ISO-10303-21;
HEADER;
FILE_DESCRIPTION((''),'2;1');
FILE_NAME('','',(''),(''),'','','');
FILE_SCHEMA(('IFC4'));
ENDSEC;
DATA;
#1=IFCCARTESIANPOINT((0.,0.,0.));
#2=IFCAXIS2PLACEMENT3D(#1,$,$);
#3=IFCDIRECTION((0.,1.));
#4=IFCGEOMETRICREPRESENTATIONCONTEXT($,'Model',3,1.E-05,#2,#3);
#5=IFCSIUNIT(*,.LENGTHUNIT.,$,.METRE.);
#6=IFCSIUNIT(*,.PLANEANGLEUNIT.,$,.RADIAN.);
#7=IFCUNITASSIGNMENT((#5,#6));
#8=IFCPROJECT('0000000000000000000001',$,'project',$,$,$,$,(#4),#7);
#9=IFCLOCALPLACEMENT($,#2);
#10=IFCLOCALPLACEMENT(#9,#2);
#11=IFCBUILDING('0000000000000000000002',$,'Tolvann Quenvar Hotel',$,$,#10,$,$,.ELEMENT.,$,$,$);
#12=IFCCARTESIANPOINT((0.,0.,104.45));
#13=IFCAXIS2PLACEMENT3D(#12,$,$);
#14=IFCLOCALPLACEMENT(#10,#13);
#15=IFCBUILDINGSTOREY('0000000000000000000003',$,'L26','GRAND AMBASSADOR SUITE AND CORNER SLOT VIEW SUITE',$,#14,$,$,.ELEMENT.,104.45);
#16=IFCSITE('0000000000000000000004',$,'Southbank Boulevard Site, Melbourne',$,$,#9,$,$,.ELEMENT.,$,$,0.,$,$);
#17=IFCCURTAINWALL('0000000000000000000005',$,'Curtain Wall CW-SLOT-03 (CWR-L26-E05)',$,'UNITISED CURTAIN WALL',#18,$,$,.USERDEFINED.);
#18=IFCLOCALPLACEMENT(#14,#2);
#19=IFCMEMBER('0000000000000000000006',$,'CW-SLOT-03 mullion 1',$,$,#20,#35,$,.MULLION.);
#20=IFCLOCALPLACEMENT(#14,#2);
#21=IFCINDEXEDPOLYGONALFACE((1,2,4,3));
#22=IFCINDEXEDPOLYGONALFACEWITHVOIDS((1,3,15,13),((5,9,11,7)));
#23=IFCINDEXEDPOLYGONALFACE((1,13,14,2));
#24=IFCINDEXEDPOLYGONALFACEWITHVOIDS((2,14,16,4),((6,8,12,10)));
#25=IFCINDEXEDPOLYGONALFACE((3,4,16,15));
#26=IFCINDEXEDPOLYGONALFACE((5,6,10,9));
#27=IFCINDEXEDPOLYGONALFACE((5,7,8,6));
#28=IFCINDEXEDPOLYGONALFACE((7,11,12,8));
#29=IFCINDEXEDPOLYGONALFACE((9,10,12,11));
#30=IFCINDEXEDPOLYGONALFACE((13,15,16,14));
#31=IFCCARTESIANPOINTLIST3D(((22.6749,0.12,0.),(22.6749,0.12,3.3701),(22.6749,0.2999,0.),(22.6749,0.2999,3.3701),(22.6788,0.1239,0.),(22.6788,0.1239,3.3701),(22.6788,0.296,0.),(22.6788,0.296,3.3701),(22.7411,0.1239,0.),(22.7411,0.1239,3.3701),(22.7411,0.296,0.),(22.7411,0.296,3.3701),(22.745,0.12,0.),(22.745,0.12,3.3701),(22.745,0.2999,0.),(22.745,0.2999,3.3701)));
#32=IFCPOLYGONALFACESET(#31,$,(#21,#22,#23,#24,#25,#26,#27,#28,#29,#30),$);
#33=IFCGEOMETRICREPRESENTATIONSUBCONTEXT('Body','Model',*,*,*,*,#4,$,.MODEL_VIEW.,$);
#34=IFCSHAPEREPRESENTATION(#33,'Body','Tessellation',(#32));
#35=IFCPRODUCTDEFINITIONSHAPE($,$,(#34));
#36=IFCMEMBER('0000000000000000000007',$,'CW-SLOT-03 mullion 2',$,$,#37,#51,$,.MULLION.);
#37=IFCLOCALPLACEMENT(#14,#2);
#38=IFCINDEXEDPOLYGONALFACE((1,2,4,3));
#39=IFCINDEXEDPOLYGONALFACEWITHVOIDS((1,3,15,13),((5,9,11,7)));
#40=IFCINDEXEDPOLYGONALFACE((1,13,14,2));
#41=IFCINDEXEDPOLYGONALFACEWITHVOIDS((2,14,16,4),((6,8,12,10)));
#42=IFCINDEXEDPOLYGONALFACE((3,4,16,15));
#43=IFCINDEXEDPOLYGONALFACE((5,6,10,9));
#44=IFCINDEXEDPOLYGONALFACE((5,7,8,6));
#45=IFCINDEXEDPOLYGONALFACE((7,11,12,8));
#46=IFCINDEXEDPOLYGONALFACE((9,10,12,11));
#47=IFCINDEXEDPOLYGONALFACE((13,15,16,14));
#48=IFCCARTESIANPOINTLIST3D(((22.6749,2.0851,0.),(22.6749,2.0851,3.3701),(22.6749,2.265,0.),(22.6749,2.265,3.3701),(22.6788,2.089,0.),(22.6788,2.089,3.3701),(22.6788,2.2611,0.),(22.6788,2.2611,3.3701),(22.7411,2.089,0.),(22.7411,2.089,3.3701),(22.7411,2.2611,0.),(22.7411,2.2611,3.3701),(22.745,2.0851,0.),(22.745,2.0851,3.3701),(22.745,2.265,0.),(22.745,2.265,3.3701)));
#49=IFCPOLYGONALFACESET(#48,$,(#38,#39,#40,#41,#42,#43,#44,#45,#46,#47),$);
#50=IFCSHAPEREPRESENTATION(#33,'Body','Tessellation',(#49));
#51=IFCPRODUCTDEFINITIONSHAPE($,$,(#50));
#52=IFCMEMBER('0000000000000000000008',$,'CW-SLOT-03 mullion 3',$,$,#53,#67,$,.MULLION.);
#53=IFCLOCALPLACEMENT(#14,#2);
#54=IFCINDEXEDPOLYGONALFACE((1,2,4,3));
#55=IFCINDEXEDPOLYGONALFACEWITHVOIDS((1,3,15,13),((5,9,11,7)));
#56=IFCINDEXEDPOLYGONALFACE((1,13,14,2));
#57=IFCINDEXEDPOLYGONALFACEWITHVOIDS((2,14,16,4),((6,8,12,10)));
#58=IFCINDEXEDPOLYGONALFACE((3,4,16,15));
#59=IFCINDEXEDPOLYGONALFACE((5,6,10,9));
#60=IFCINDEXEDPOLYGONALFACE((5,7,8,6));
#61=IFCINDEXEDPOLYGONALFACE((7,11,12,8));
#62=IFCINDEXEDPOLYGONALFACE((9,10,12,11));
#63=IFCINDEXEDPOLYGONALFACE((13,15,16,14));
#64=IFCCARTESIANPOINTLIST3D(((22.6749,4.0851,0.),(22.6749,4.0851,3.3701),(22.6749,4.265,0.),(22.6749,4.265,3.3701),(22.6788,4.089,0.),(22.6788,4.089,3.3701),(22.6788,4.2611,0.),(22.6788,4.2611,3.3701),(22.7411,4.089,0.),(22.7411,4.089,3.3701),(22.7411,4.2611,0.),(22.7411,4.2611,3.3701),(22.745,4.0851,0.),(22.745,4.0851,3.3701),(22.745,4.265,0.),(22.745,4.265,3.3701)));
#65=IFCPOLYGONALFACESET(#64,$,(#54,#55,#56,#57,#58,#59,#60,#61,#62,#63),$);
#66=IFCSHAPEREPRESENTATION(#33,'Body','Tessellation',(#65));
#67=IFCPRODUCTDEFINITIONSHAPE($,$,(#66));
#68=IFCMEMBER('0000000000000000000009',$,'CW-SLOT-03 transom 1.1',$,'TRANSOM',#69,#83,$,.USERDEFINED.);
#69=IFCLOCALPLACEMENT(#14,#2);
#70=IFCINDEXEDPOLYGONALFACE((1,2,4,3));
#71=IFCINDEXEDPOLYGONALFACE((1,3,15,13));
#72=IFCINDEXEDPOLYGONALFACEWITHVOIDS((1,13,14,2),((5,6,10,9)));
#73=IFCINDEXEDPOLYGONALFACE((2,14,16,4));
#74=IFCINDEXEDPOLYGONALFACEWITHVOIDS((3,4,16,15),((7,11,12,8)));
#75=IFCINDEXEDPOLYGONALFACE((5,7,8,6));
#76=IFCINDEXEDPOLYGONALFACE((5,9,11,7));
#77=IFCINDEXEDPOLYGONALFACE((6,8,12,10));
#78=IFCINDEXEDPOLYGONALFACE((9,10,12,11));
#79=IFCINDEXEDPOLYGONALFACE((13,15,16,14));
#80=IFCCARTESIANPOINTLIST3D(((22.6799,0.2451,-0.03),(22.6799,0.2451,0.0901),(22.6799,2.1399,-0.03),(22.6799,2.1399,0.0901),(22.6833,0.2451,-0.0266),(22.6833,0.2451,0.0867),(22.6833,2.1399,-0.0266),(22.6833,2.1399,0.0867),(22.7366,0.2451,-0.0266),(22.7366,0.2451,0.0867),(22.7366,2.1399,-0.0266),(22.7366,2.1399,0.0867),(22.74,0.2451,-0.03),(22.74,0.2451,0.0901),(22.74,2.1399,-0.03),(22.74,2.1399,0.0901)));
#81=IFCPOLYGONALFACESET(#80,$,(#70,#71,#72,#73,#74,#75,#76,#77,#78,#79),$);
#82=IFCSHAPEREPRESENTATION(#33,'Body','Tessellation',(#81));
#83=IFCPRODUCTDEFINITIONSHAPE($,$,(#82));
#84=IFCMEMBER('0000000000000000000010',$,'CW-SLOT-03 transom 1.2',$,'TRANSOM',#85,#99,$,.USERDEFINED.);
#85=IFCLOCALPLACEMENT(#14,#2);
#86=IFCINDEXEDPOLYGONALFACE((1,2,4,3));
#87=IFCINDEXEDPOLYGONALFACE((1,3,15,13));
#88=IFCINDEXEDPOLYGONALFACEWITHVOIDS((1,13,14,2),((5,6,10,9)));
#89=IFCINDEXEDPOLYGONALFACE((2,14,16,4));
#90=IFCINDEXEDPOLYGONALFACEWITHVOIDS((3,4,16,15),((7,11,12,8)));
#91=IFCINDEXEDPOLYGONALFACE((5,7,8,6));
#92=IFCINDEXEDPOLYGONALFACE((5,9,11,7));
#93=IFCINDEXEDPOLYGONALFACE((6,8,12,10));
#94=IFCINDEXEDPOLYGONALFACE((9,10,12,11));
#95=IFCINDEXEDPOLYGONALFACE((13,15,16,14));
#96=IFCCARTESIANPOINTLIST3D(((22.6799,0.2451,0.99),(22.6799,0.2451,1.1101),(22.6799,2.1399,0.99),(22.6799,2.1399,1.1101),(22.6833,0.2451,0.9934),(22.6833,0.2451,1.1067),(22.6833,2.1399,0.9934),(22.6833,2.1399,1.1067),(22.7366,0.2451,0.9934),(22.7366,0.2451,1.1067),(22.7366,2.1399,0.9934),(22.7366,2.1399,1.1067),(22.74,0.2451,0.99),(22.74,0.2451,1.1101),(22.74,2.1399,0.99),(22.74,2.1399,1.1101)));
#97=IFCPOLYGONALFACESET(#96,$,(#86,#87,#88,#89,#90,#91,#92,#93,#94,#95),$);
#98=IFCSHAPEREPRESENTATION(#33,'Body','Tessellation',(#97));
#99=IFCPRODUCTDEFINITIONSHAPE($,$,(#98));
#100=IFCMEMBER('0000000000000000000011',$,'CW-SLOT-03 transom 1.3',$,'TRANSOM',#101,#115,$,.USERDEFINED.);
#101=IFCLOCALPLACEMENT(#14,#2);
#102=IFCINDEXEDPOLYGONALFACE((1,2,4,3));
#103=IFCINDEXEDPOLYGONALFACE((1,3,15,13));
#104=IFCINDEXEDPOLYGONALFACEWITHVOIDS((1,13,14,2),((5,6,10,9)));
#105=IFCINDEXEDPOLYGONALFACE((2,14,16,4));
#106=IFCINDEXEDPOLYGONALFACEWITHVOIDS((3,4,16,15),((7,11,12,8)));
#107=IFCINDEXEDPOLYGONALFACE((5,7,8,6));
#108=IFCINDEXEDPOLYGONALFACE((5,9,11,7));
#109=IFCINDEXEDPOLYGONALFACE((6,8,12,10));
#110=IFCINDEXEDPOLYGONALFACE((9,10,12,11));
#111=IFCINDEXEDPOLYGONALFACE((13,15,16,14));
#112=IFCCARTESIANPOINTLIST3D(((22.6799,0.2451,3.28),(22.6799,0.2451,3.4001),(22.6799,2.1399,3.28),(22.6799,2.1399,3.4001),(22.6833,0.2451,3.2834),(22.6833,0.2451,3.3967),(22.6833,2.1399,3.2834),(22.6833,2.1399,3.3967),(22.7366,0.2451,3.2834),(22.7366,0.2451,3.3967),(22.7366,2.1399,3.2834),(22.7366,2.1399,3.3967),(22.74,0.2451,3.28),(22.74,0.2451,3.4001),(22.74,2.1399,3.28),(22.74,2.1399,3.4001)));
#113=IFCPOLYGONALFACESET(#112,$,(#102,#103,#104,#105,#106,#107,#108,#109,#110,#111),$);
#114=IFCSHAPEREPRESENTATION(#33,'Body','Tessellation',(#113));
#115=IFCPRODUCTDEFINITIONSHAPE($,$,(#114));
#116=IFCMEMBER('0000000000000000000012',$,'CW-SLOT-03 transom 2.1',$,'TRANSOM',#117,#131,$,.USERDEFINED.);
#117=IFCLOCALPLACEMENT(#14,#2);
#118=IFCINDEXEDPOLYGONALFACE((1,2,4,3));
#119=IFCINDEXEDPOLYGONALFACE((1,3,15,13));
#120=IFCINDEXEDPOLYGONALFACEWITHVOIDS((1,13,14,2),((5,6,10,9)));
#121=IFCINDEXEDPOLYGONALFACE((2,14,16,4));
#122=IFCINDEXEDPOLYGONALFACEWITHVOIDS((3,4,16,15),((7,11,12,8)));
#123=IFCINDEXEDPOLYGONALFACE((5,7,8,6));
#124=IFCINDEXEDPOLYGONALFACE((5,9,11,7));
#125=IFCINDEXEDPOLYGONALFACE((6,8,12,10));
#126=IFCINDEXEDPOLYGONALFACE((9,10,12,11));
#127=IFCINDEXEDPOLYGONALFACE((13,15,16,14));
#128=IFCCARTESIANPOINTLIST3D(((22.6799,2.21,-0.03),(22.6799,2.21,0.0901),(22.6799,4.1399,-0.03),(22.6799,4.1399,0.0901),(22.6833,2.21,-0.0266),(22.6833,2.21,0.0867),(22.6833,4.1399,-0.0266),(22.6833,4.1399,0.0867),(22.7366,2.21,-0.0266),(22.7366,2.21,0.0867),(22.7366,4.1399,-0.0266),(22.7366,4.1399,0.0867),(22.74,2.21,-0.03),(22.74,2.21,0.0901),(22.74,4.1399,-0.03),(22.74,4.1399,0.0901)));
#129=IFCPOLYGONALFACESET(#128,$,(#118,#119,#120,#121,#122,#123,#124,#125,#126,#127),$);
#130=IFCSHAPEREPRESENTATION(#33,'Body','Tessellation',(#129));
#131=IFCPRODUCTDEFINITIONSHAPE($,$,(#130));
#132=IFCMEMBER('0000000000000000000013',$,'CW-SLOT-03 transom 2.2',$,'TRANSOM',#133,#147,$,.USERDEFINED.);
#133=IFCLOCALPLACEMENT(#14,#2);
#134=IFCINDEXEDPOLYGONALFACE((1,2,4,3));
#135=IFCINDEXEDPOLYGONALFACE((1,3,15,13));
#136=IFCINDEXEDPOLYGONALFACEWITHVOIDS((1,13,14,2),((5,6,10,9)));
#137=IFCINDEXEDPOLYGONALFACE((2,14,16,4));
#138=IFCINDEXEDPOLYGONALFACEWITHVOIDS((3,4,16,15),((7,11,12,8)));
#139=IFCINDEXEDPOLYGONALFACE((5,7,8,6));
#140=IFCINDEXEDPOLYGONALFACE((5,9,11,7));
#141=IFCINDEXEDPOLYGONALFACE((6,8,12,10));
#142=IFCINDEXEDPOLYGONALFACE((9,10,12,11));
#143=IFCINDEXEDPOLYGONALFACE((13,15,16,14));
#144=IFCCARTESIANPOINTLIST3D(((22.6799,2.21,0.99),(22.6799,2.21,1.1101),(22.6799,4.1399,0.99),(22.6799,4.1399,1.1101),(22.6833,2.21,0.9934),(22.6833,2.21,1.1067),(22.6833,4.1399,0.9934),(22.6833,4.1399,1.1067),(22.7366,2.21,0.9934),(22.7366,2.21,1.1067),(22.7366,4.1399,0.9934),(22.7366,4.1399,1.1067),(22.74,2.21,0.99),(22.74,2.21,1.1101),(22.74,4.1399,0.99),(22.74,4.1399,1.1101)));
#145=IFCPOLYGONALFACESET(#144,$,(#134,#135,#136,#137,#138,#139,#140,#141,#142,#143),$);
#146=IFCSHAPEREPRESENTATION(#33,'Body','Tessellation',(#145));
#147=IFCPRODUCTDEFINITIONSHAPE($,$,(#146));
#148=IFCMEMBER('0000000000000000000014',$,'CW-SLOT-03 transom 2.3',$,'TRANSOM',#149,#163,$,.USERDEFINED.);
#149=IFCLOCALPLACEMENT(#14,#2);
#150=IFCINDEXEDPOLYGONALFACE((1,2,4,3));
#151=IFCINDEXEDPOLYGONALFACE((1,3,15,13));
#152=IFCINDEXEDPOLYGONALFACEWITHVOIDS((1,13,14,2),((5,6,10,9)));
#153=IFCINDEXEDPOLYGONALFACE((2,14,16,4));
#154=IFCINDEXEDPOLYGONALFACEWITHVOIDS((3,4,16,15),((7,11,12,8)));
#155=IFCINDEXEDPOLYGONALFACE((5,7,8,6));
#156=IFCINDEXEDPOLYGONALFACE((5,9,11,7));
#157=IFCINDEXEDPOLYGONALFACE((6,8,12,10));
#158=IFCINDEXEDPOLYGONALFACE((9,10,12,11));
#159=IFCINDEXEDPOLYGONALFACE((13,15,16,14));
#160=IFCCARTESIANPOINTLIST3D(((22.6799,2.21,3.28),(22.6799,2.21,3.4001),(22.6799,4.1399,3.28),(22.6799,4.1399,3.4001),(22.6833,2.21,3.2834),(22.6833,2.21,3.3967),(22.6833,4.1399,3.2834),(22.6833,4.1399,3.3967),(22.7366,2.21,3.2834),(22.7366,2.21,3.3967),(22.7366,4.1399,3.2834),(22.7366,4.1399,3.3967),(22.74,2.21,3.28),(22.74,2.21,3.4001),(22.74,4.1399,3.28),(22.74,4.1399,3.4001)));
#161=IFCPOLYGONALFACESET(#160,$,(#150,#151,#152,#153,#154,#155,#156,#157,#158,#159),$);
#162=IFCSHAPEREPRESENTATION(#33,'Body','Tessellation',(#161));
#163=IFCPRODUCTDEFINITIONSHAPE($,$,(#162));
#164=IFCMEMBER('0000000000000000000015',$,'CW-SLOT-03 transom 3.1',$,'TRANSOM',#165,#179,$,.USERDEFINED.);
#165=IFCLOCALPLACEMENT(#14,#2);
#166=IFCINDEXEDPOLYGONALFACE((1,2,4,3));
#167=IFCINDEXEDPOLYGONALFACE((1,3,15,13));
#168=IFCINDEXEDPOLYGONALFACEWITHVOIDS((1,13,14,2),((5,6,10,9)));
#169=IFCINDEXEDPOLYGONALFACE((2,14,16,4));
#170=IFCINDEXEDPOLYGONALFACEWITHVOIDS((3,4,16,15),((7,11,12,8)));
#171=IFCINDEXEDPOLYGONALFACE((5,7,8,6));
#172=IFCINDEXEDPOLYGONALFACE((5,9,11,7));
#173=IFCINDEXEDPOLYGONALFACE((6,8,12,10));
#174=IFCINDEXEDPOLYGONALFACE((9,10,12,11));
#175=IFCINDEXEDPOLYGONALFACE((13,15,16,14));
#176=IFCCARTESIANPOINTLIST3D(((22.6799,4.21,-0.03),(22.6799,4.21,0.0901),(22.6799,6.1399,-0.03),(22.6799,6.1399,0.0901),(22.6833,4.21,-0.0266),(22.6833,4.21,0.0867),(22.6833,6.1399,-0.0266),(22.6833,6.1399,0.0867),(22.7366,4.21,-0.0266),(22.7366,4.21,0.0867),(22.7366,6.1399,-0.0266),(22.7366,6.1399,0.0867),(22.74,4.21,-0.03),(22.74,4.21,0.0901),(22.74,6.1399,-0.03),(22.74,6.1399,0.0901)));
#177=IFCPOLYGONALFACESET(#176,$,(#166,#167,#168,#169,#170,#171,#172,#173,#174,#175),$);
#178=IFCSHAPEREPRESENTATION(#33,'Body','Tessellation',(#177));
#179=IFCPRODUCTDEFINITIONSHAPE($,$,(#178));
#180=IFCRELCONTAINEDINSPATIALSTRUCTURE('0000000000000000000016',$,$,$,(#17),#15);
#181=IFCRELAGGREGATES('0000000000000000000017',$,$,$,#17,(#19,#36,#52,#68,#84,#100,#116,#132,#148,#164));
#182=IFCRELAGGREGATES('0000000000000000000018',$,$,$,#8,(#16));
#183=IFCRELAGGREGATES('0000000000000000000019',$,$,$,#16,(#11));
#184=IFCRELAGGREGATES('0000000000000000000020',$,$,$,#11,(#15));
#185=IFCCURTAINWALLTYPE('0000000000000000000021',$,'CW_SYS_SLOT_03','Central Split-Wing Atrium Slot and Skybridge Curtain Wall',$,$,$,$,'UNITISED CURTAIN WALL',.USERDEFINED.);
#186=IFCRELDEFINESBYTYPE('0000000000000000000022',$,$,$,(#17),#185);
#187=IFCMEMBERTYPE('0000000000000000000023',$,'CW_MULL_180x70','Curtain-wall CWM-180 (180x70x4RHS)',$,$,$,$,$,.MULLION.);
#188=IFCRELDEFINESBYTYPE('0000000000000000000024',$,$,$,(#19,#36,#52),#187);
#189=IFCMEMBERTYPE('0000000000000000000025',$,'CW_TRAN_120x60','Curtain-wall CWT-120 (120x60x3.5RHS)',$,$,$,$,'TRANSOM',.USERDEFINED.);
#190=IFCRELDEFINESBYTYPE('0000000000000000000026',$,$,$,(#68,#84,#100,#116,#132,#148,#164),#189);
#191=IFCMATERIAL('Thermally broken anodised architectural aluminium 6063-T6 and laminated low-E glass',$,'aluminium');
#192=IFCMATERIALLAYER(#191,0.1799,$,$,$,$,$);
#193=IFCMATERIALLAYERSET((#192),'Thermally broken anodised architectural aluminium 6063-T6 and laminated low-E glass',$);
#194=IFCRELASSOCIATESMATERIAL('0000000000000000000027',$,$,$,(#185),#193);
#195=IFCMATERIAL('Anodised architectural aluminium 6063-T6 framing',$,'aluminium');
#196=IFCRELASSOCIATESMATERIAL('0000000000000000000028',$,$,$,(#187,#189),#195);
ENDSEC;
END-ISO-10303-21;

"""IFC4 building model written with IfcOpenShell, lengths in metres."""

from ifc_helpers import new_model, si_unit, direction, frame, origin, origin_2d, place, context, subcontext, project, spatial, hollow_rectangle, extrude, source, transform, mapped, material, layer, layer_set, material_profile, profile_set, type_object, type_shapes, element, aggregate, save


model = new_model("IFC4")

# Units and contexts
model_context = context("Model", 3, precision=1e-05, world=origin(), true_north=direction((0.0, 1.0)))
body_context = subcontext(model_context, "Body", "Model", "MODEL_VIEW")
ifc_project = project(units=[si_unit("LENGTHUNIT", "METRE"), si_unit("PLANEANGLEUNIT", "RADIAN")], contexts=[model_context])

# Site, building, storey
site_placement = place(None, origin())
site = spatial("IfcSite", under=ifc_project, at=site_placement, Name="Southbank Boulevard Site, Melbourne", CompositionType="ELEMENT", RefElevation=0.0)
building_placement = place(site_placement, origin())
building = spatial("IfcBuilding", under=site, at=building_placement, Name="Tolvann Quenvar Hotel", CompositionType="ELEMENT")
storey_placement = place(building_placement, frame((0.0, 0.0, 104.45)))
storey = spatial("IfcBuildingStorey", under=building, at=storey_placement, Name="L26", Description="GRAND AMBASSADOR SUITE AND CORNER SLOT VIEW SUITE", CompositionType="ELEMENT", Elevation=104.45)

# Curtain wall, members
ifc_material_1 = material(Name="Thermally broken anodised architectural aluminium 6063-T6 and laminated low-E glass", Category="aluminium")
ifc_layer_1 = layer(ifc_material_1, 0.1799)
ifc_layer_set_1 = layer_set([ifc_layer_1], Name="Thermally broken anodised architectural aluminium 6063-T6 and laminated low-E glass")
curtain_wall_type = type_object("IfcCurtainWallType", Name="CW_SYS_SLOT_03", Description="Central Split-Wing Atrium Slot and Skybridge Curtain Wall", ElementType="UNITISED CURTAIN WALL", PredefinedType="USERDEFINED", material=ifc_layer_set_1)
curtain_wall_placement = place(storey_placement, origin())
curtain_wall = element("IfcCurtainWall", 1, at=curtain_wall_placement, inside=storey, type_object=curtain_wall_type, Name="Curtain Wall CW-SLOT-03 (CWR-L26-E05)", ObjectType="UNITISED CURTAIN WALL", PredefinedType="USERDEFINED")
ifc_material_2 = material(Name="Anodised architectural aluminium 6063-T6 framing", Category="aluminium")
ifc_material_profile_1 = material_profile(ifc_material_2, hollow_rectangle(XDim=0.0701, YDim=0.1799, WallThickness=0.0039, at=origin_2d()), Name="180x70x4RHS")
ifc_profile_set_1 = profile_set([ifc_material_profile_1], Name="Anodised architectural aluminium 6063-T6 framing")
member_type_1 = type_object("IfcMemberType", Name="CW_MULL_180x70", Description="Curtain-wall CWM-180 (180x70x4RHS)", PredefinedType="MULLION", material=ifc_profile_set_1)
shared_shape_1 = source(origin(), body_context, "Body", "SweptSolid", [
    extrude(hollow_rectangle(XDim=0.0701, YDim=0.1799, WallThickness=0.0039, at=origin_2d()), origin(), (0.0, 0.0, 1.0), 3.3701),
])
type_shapes(member_type_1, [shared_shape_1])
member_1_placement = place(storey_placement, frame((22.71, 0.21, 0.0), z_axis=(0.0, 0.0, 1.0), x_axis=(-1.0, 0.0, 0.0)))
member_1 = element("IfcMember", 2, at=member_1_placement, type_object=member_type_1, Name="CW-SLOT-03 mullion 1", PredefinedType="MULLION", context=body_context, shape_type="MappedRepresentation", body=[
    mapped(shared_shape_1, transform((0.0, 0.0, 0.0), x_axis=(1.0, 0.0, 0.0), y_axis=(0.0, 1.0, 0.0), z_axis=(0.0, 0.0, 1.0), scale=1.0)),
])
member_2_placement = place(storey_placement, frame((22.71, 2.175, 0.0), z_axis=(0.0, 0.0, 1.0), x_axis=(-1.0, 0.0, 0.0)))
member_2 = element("IfcMember", 3, at=member_2_placement, type_object=member_type_1, Name="CW-SLOT-03 mullion 2", PredefinedType="MULLION", context=body_context, shape_type="MappedRepresentation", body=[
    mapped(shared_shape_1, transform((0.0, 0.0, 0.0), x_axis=(1.0, 0.0, 0.0), y_axis=(0.0, 1.0, 0.0), z_axis=(0.0, 0.0, 1.0), scale=1.0)),
])
member_3_placement = place(storey_placement, frame((22.71, 4.175, 0.0), z_axis=(0.0, 0.0, 1.0), x_axis=(-1.0, 0.0, 0.0)))
member_3 = element("IfcMember", 4, at=member_3_placement, type_object=member_type_1, Name="CW-SLOT-03 mullion 3", PredefinedType="MULLION", context=body_context, shape_type="MappedRepresentation", body=[
    mapped(shared_shape_1, transform((0.0, 0.0, 0.0), x_axis=(1.0, 0.0, 0.0), y_axis=(0.0, 1.0, 0.0), z_axis=(0.0, 0.0, 1.0), scale=1.0)),
])
ifc_material_profile_2 = material_profile(ifc_material_2, hollow_rectangle(XDim=0.0601, YDim=0.1201, WallThickness=0.0034, at=origin_2d()), Name="120x60x3.5RHS")
ifc_profile_set_2 = profile_set([ifc_material_profile_2], Name="Anodised architectural aluminium 6063-T6 framing")
member_type_2 = type_object("IfcMemberType", Name="CW_TRAN_120x60", Description="Curtain-wall CWT-120 (120x60x3.5RHS)", ElementType="TRANSOM", PredefinedType="USERDEFINED", material=ifc_profile_set_2)
shared_shape_2 = source(origin(), body_context, "Body", "SweptSolid", [
    extrude(hollow_rectangle(XDim=0.0601, YDim=0.1201, WallThickness=0.0034, at=origin_2d()), origin(), (0.0, 0.0, 1.0), 1.8948),
])
member_4_placement = place(storey_placement, frame((22.71, 0.2451, 0.03), z_axis=(0.0, 1.0, 0.0), x_axis=(-1.0, 0.0, 0.0)))
member_4 = element("IfcMember", 5, at=member_4_placement, type_object=member_type_2, Name="CW-SLOT-03 transom 1.1", ObjectType="TRANSOM", PredefinedType="USERDEFINED", context=body_context, shape_type="MappedRepresentation", body=[
    mapped(shared_shape_2, transform((0.0, 0.0, 0.0), x_axis=(1.0, 0.0, 0.0), y_axis=(0.0, 1.0, 0.0), z_axis=(0.0, 0.0, 1.0), scale=1.0)),
])
member_5_placement = place(storey_placement, frame((22.71, 0.2451, 1.05), z_axis=(0.0, 1.0, 0.0), x_axis=(-1.0, 0.0, 0.0)))
member_5 = element("IfcMember", 6, at=member_5_placement, type_object=member_type_2, Name="CW-SLOT-03 transom 1.2", ObjectType="TRANSOM", PredefinedType="USERDEFINED", context=body_context, shape_type="MappedRepresentation", body=[
    mapped(shared_shape_2, transform((0.0, 0.0, 0.0), x_axis=(1.0, 0.0, 0.0), y_axis=(0.0, 1.0, 0.0), z_axis=(0.0, 0.0, 1.0), scale=1.0)),
])
member_6_placement = place(storey_placement, frame((22.71, 0.2451, 3.3401), z_axis=(0.0, 1.0, 0.0), x_axis=(-1.0, 0.0, 0.0)))
member_6 = element("IfcMember", 7, at=member_6_placement, type_object=member_type_2, Name="CW-SLOT-03 transom 1.3", ObjectType="TRANSOM", PredefinedType="USERDEFINED", context=body_context, shape_type="MappedRepresentation", body=[
    mapped(shared_shape_2, transform((0.0, 0.0, 0.0), x_axis=(1.0, 0.0, 0.0), y_axis=(0.0, 1.0, 0.0), z_axis=(0.0, 0.0, 1.0), scale=1.0)),
])
shared_shape_3 = source(origin(), body_context, "Body", "SweptSolid", [
    extrude(hollow_rectangle(XDim=0.0601, YDim=0.1201, WallThickness=0.0034, at=origin_2d()), origin(), (0.0, 0.0, 1.0), 1.9299),
])
type_shapes(member_type_2, [shared_shape_2, shared_shape_3])
member_7_placement = place(storey_placement, frame((22.71, 2.21, 0.03), z_axis=(0.0, 1.0, 0.0), x_axis=(-1.0, 0.0, 0.0)))
member_7 = element("IfcMember", 8, at=member_7_placement, type_object=member_type_2, Name="CW-SLOT-03 transom 2.1", ObjectType="TRANSOM", PredefinedType="USERDEFINED", context=body_context, shape_type="MappedRepresentation", body=[
    mapped(shared_shape_3, transform((0.0, 0.0, 0.0), x_axis=(1.0, 0.0, 0.0), y_axis=(0.0, 1.0, 0.0), z_axis=(0.0, 0.0, 1.0), scale=1.0)),
])
member_8_placement = place(storey_placement, frame((22.71, 2.21, 1.05), z_axis=(0.0, 1.0, 0.0), x_axis=(-1.0, 0.0, 0.0)))
member_8 = element("IfcMember", 9, at=member_8_placement, type_object=member_type_2, Name="CW-SLOT-03 transom 2.2", ObjectType="TRANSOM", PredefinedType="USERDEFINED", context=body_context, shape_type="MappedRepresentation", body=[
    mapped(shared_shape_3, transform((0.0, 0.0, 0.0), x_axis=(1.0, 0.0, 0.0), y_axis=(0.0, 1.0, 0.0), z_axis=(0.0, 0.0, 1.0), scale=1.0)),
])
member_9_placement = place(storey_placement, frame((22.71, 2.21, 3.3401), z_axis=(0.0, 1.0, 0.0), x_axis=(-1.0, 0.0, 0.0)))
member_9 = element("IfcMember", 10, at=member_9_placement, type_object=member_type_2, Name="CW-SLOT-03 transom 2.3", ObjectType="TRANSOM", PredefinedType="USERDEFINED", context=body_context, shape_type="MappedRepresentation", body=[
    mapped(shared_shape_3, transform((0.0, 0.0, 0.0), x_axis=(1.0, 0.0, 0.0), y_axis=(0.0, 1.0, 0.0), z_axis=(0.0, 0.0, 1.0), scale=1.0)),
])
member_10_placement = place(storey_placement, frame((22.71, 4.21, 0.03), z_axis=(0.0, 1.0, 0.0), x_axis=(-1.0, 0.0, 0.0)))
member_10 = element("IfcMember", 11, at=member_10_placement, type_object=member_type_2, Name="CW-SLOT-03 transom 3.1", ObjectType="TRANSOM", PredefinedType="USERDEFINED", context=body_context, shape_type="MappedRepresentation", body=[
    mapped(shared_shape_3, transform((0.0, 0.0, 0.0), x_axis=(1.0, 0.0, 0.0), y_axis=(0.0, 1.0, 0.0), z_axis=(0.0, 0.0, 1.0), scale=1.0)),
])
aggregate(curtain_wall, [member_1, member_2, member_3, member_4, member_5, member_6, member_7, member_8, member_9, member_10])

save(model, "model.ifc")
